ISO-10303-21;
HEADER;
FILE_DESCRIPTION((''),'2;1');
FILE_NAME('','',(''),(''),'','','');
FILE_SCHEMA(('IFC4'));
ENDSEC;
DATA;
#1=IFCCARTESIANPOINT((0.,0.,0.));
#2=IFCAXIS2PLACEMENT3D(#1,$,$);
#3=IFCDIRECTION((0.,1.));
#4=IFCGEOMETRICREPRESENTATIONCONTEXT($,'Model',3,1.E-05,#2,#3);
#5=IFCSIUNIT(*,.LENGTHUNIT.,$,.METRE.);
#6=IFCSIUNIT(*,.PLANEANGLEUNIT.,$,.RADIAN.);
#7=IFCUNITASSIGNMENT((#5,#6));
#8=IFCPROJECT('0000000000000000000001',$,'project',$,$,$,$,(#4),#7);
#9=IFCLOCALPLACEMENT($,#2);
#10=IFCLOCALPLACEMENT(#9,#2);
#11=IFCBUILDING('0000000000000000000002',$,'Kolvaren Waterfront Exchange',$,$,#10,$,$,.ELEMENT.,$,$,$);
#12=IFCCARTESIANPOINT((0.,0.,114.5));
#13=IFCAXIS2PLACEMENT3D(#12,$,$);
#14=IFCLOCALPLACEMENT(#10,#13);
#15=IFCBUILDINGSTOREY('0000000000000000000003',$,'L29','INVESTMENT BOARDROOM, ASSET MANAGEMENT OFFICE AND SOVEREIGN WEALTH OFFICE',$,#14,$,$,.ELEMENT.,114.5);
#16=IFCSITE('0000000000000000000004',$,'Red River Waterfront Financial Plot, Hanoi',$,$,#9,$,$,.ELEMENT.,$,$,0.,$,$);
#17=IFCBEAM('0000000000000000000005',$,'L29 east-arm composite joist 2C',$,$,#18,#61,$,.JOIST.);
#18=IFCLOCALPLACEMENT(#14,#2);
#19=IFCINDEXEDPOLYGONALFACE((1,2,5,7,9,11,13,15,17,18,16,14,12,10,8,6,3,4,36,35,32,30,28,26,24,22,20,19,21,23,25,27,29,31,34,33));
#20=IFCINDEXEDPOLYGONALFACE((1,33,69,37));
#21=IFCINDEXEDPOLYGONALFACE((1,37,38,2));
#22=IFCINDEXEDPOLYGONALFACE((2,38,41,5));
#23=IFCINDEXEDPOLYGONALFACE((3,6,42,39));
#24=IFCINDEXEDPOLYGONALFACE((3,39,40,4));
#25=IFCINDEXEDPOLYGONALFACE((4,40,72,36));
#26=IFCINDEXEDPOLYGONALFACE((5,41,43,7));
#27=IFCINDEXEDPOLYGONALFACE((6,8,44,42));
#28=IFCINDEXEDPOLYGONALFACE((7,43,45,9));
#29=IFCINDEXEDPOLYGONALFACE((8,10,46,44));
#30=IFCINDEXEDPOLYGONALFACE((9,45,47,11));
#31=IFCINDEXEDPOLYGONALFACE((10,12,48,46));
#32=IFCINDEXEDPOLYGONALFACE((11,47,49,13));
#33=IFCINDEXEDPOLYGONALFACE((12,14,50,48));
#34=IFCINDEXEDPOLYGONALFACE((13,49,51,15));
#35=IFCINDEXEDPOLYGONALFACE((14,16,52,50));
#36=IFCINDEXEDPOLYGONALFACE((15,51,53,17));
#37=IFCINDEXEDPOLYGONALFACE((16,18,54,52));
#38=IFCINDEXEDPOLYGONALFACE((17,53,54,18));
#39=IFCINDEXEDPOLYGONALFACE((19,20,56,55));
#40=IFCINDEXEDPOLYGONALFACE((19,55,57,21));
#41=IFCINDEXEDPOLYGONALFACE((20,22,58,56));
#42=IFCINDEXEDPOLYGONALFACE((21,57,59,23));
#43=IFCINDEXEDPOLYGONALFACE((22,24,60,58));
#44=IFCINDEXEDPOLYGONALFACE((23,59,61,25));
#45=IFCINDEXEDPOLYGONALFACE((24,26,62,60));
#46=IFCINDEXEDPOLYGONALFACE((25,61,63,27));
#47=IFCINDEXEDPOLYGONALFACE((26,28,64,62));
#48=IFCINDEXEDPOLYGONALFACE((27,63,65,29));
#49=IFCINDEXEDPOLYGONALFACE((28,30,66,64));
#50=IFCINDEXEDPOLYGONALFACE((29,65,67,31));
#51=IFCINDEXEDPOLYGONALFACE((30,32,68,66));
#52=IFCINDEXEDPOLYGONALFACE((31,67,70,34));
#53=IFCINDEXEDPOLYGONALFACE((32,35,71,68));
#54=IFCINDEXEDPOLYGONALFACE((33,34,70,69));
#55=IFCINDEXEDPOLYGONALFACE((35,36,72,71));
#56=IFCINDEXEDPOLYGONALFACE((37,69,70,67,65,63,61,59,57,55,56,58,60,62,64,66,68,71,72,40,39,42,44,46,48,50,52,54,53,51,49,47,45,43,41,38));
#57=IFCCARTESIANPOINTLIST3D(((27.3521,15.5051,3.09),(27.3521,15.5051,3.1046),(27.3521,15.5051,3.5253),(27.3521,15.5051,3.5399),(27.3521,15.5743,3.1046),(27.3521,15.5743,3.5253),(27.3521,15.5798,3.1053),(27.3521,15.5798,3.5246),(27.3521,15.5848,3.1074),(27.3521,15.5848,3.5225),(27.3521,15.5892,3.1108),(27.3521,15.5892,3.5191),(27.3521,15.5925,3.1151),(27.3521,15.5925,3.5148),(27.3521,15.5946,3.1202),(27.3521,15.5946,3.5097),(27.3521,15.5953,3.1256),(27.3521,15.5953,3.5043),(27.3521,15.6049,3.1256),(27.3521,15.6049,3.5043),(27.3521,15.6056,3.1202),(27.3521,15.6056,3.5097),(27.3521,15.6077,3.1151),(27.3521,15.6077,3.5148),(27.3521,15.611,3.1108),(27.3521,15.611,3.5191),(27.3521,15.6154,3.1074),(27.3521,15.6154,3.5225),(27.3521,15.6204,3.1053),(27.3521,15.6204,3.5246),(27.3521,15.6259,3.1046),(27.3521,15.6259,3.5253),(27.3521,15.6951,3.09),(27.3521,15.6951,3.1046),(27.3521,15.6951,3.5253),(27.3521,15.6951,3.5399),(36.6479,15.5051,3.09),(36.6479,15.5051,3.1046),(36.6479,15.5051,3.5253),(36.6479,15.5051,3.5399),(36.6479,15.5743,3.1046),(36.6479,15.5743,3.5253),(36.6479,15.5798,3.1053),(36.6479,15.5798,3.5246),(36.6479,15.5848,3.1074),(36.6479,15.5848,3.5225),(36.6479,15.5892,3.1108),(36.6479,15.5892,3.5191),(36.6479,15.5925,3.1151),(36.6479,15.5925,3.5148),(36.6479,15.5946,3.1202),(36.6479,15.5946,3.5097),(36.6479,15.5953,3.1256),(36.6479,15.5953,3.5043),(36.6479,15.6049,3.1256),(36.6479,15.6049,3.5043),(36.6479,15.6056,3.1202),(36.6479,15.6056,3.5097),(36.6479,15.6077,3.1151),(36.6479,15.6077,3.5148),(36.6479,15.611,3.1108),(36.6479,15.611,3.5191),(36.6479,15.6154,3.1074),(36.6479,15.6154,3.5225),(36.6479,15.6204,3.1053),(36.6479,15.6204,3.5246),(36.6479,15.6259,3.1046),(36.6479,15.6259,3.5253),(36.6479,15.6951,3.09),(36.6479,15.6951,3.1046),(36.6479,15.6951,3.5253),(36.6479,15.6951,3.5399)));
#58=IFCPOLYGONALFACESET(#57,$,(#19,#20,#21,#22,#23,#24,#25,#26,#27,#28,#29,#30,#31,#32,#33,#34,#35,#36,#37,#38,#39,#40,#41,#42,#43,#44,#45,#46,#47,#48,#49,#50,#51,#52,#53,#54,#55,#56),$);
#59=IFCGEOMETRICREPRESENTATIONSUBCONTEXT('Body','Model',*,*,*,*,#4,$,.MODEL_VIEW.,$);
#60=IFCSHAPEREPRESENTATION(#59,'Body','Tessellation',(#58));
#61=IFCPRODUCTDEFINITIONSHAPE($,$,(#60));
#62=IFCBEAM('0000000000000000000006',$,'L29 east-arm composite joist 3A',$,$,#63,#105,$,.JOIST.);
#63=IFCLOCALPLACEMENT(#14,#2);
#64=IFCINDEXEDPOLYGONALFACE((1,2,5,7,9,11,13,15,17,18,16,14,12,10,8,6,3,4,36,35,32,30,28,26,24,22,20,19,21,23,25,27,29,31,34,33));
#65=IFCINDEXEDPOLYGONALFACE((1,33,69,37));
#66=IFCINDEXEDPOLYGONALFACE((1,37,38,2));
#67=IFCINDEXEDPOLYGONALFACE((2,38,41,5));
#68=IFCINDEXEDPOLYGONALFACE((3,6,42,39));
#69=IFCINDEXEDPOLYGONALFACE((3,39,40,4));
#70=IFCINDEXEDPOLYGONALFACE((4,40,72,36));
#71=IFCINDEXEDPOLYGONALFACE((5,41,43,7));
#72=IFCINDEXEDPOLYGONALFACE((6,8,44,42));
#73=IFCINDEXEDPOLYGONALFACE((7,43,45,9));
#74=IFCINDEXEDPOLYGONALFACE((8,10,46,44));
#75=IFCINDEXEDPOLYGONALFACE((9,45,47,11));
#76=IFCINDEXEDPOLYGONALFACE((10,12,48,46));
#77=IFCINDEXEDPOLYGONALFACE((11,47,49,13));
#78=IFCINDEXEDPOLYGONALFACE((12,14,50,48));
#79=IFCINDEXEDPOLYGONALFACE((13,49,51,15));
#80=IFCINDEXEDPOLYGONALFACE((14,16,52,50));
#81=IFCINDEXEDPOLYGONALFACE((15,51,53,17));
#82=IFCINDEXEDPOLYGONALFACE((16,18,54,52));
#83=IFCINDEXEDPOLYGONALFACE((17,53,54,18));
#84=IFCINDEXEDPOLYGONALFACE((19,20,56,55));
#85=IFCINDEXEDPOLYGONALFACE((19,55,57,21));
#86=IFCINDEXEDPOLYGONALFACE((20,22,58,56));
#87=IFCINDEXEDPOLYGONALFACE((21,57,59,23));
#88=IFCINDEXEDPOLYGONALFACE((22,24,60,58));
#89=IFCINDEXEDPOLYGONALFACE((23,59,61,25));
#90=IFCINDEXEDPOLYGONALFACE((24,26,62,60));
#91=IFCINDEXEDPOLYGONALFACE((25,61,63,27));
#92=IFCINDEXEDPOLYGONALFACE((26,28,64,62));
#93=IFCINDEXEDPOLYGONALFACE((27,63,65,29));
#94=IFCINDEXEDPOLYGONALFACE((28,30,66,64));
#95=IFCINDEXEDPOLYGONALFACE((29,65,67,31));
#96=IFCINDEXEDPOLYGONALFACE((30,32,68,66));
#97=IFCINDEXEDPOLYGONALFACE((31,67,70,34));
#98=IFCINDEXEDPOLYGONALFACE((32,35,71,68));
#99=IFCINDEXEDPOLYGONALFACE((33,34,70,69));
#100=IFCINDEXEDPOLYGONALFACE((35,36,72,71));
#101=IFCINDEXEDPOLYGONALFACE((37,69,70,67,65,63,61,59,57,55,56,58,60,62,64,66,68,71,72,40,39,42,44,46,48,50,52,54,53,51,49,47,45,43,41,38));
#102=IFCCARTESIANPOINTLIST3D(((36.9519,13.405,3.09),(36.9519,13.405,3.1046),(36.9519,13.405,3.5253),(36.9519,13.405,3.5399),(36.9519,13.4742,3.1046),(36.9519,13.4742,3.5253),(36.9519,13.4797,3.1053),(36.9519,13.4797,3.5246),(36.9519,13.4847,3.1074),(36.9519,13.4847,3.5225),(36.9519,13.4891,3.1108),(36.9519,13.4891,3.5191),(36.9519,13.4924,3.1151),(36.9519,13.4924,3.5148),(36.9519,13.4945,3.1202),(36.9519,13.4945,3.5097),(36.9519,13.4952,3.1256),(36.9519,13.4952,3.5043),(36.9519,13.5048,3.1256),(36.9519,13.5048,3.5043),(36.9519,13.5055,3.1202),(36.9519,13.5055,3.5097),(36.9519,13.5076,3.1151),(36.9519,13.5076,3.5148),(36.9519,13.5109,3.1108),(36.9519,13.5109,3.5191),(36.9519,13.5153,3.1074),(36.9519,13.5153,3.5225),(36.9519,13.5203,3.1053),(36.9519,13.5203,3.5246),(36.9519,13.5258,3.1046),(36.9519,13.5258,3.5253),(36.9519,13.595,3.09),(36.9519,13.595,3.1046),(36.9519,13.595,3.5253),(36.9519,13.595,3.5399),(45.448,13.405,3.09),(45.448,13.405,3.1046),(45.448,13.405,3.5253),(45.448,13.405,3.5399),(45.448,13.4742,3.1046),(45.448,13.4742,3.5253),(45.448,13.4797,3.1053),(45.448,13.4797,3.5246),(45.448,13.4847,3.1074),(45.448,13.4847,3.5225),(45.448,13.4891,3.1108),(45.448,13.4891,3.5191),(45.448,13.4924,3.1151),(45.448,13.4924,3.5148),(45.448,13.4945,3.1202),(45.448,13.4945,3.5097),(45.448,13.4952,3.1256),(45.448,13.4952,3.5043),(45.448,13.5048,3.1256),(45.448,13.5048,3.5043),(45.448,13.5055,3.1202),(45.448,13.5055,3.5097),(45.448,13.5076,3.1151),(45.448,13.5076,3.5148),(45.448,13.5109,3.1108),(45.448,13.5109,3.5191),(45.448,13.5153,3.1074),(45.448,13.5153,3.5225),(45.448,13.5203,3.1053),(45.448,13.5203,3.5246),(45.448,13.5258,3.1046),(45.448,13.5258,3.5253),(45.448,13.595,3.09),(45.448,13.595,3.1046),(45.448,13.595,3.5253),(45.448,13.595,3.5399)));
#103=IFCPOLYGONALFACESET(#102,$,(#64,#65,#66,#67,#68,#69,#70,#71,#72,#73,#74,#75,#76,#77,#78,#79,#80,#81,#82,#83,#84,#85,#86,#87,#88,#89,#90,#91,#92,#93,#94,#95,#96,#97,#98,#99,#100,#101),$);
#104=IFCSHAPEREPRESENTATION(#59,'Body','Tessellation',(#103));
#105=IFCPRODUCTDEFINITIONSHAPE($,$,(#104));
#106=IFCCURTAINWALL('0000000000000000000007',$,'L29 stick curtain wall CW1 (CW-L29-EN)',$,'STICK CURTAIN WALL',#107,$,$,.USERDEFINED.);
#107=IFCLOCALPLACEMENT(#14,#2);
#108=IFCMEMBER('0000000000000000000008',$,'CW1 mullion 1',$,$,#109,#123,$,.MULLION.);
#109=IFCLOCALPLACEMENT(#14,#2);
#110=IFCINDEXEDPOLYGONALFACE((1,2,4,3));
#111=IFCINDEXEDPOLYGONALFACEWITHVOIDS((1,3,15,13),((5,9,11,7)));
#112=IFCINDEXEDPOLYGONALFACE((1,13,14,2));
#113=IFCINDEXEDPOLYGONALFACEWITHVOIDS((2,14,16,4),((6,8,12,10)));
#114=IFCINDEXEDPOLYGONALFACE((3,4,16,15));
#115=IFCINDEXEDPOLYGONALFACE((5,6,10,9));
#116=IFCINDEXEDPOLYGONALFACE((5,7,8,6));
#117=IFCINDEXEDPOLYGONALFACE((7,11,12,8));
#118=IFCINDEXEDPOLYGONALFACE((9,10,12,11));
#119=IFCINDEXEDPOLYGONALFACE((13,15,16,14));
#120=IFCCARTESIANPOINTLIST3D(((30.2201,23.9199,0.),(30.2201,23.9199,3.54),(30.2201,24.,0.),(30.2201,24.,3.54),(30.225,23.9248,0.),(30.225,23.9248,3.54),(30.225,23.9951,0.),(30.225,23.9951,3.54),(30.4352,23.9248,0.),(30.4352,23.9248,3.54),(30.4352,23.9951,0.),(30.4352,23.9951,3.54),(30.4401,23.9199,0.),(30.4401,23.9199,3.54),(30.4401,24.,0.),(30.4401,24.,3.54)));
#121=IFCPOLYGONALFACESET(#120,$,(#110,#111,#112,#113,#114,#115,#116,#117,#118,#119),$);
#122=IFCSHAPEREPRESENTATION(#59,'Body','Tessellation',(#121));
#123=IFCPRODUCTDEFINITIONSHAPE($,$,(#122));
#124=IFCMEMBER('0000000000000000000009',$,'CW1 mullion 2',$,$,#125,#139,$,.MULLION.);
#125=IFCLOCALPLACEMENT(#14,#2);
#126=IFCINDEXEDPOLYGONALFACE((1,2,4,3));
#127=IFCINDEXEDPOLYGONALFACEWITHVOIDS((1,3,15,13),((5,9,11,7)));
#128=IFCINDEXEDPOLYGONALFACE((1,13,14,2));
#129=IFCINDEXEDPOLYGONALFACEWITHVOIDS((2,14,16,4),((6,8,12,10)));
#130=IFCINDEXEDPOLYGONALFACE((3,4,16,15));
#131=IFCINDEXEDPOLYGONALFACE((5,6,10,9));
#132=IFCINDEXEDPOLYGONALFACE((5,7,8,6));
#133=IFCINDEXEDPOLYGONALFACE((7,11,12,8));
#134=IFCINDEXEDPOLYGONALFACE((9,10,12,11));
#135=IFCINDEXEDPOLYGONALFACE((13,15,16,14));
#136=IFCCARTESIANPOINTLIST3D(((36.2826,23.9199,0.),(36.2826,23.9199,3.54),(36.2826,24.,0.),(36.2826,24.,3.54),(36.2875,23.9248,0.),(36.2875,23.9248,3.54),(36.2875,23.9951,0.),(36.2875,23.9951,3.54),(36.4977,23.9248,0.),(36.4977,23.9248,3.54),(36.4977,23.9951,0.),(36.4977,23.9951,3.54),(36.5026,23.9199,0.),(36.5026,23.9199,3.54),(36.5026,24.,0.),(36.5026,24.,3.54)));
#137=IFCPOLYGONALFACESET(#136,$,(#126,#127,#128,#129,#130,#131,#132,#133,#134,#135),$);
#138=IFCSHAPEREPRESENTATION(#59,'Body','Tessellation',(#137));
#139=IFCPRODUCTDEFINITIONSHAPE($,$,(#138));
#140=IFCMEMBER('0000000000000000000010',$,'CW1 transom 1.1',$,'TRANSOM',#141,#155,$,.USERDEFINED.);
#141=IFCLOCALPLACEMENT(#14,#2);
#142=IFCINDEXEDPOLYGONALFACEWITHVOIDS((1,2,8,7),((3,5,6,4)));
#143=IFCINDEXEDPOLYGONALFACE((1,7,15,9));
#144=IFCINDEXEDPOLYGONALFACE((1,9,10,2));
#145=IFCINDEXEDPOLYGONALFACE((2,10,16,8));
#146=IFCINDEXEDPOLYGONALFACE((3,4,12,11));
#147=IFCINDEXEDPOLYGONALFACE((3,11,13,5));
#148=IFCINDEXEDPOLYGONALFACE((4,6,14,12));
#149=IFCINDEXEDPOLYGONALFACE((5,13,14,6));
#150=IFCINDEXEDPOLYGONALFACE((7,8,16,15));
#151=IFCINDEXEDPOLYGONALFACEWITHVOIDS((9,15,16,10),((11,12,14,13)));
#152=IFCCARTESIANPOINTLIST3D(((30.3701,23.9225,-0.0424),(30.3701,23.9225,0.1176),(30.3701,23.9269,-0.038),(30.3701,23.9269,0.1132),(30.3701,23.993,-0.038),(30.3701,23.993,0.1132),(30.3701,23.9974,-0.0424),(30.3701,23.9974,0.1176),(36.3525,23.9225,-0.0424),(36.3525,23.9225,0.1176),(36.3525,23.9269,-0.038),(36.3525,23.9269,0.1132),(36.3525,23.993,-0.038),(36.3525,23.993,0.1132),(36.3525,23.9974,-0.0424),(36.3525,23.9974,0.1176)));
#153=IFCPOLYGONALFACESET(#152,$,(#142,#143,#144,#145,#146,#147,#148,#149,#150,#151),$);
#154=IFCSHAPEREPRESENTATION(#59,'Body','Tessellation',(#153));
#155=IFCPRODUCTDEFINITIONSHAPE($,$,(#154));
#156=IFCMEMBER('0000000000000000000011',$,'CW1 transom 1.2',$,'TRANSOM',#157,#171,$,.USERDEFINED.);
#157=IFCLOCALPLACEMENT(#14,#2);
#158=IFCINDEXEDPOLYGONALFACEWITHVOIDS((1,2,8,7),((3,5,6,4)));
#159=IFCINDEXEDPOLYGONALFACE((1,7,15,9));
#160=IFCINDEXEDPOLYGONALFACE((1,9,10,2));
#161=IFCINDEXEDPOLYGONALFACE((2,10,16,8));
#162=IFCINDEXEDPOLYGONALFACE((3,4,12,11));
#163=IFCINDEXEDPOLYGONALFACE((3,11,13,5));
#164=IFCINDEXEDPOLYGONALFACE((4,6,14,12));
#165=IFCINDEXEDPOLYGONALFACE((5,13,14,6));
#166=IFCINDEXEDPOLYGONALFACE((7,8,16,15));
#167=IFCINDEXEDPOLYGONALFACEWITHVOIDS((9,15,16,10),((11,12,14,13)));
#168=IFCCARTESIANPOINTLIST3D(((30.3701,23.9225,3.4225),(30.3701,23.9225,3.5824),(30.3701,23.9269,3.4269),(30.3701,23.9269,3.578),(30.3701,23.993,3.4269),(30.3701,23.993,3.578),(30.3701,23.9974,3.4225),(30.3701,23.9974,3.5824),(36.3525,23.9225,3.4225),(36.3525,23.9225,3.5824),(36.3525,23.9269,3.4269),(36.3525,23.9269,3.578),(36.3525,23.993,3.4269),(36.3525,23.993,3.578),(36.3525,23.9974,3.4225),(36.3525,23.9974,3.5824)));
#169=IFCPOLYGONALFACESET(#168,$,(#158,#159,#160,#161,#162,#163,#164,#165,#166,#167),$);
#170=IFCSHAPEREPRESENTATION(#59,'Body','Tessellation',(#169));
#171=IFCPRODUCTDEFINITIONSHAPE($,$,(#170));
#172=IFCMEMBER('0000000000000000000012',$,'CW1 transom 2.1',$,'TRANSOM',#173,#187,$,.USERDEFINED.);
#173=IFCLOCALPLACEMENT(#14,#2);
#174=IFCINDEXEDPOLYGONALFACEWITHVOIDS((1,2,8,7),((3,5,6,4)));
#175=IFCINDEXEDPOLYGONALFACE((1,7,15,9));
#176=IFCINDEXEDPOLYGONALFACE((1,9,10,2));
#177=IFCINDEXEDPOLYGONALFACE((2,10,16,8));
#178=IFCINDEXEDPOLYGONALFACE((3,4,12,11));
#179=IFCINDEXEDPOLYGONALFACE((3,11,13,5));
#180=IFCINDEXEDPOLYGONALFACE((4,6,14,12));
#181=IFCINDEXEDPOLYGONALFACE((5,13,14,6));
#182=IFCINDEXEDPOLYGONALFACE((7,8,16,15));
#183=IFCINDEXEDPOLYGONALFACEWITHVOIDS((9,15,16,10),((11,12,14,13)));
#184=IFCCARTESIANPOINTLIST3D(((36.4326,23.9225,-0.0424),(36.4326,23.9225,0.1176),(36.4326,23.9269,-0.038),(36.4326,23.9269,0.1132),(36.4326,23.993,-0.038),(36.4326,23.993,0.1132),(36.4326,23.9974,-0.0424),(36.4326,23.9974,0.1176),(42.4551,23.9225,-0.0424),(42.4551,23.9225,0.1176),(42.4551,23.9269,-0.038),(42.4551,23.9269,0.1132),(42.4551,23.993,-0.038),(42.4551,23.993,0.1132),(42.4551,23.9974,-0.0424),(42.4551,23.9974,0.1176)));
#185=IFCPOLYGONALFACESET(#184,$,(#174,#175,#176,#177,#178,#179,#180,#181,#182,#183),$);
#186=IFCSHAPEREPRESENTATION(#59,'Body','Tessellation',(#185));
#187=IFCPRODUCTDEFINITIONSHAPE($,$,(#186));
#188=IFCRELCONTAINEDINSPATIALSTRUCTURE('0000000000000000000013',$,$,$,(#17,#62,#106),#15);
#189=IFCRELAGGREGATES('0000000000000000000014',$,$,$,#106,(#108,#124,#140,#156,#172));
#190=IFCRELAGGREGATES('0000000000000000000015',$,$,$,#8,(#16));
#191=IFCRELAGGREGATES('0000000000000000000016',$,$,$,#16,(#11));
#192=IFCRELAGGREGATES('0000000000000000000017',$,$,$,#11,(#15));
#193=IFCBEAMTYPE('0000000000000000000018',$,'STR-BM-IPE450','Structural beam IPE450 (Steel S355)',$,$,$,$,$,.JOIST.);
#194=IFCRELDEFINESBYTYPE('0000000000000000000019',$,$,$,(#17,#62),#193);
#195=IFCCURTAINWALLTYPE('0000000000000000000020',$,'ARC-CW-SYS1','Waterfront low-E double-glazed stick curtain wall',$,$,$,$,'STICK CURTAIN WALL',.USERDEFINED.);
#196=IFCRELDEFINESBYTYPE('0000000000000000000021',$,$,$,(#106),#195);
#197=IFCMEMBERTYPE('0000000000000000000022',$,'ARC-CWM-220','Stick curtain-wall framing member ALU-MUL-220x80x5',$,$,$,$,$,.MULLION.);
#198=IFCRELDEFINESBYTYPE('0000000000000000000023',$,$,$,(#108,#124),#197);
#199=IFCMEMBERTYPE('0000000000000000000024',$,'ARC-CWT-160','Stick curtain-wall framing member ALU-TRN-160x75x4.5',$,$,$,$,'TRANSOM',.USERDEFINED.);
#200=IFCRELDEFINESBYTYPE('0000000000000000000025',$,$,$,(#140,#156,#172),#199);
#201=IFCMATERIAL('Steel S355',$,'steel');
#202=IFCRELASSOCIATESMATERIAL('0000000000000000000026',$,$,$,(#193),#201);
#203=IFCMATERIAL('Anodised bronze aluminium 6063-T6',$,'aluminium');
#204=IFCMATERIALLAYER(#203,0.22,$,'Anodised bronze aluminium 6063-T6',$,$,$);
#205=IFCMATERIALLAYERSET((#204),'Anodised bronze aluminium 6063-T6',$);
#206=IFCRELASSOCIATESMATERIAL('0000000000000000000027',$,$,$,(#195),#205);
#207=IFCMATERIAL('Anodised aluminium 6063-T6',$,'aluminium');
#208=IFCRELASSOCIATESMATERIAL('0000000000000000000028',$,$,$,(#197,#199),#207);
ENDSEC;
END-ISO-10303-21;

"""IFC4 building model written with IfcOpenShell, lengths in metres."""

from ifc_helpers import new_model, si_unit, direction, frame, origin, origin_with_axes, origin_2d, place, context, subcontext, project, spatial, hollow_rectangle, i_section, extrude, source, transform, mapped, material, layer, layer_set, material_profile, profile_set, type_object, element, aggregate, save


model = new_model("IFC4")

# Units and contexts
model_context = context("Model", 3, precision=1e-05, world=origin(), true_north=direction((0.0, 1.0)))
body_context = subcontext(model_context, "Body", "Model", "MODEL_VIEW")
ifc_project = project(units=[si_unit("LENGTHUNIT", "METRE"), si_unit("PLANEANGLEUNIT", "RADIAN")], contexts=[model_context])

# Site, building, storey
site_placement = place(None, origin())
site = spatial("IfcSite", under=ifc_project, at=site_placement, Name="Red River Waterfront Financial Plot, Hanoi", CompositionType="ELEMENT", RefElevation=0.0)
building_placement = place(site_placement, origin())
building = spatial("IfcBuilding", under=site, at=building_placement, Name="Kolvaren Waterfront Exchange", CompositionType="ELEMENT")
storey_placement = place(building_placement, frame((0.0, 0.0, 114.5)))
storey = spatial("IfcBuildingStorey", under=building, at=storey_placement, Name="L29", Description="INVESTMENT BOARDROOM, ASSET MANAGEMENT OFFICE AND SOVEREIGN WEALTH OFFICE", CompositionType="ELEMENT", Elevation=114.5)

# Beams
ifc_material_1 = material(Name="Steel S355", Category="steel")
ifc_material_profile_1 = material_profile(ifc_material_1, i_section(OverallWidth=0.1899, OverallDepth=0.45, WebThickness=0.0095, FlangeThickness=0.0146, FilletRadius=0.021, at=origin_2d()), Name="IPE450")
ifc_profile_set_1 = profile_set([ifc_material_profile_1], Name="Steel S355")
beam_type_1 = type_object("IfcBeamType", Name="STR-BM-IPE450", Description="Structural beam IPE450 (Steel S355)", PredefinedType="JOIST", material=ifc_profile_set_1)
for number, where, z_axis, x_axis, name in (
    (1, (27.3521, 15.6001, 3.3149), (1.0, 0.0, 0.0), (0.0, 1.0, 0.0), "L29 east-arm composite joist 2C"),
):
    element("IfcBeam", number, at=place(storey_placement, frame(where, z_axis=z_axis, x_axis=x_axis)), inside=storey, type_object=beam_type_1, Name=name, PredefinedType="JOIST", context=body_context, shape_type="SweptSolid", body=[
        extrude(i_section(OverallWidth=0.1899, OverallDepth=0.45, WebThickness=0.0095, FlangeThickness=0.0146, FilletRadius=0.021, at=origin_2d()), origin(), (0.0, 0.0, 1.0), 9.2959),
    ])
beam_1_placement = place(storey_placement, frame((36.9519, 13.5, 3.3149), z_axis=(1.0, 0.0, 0.0), x_axis=(0.0, 1.0, 0.0)))
element("IfcBeam", 2, at=beam_1_placement, inside=storey, type_object=beam_type_1, Name="L29 east-arm composite joist 3A", PredefinedType="JOIST", context=body_context, shape_type="SweptSolid", body=[
    extrude(i_section(OverallWidth=0.1899, OverallDepth=0.45, WebThickness=0.0095, FlangeThickness=0.0146, FilletRadius=0.021, at=origin_2d()), origin(), (0.0, 0.0, 1.0), 8.4961),
])

# Curtain wall, members
ifc_material_2 = material(Name="Anodised bronze aluminium 6063-T6", Category="aluminium")
ifc_layer_1 = layer(ifc_material_2, 0.22, Name="Anodised bronze aluminium 6063-T6")
ifc_layer_set_1 = layer_set([ifc_layer_1], Name="Anodised bronze aluminium 6063-T6")
curtain_wall_type = type_object("IfcCurtainWallType", Name="ARC-CW-SYS1", Description="Waterfront low-E double-glazed stick curtain wall", ElementType="STICK CURTAIN WALL", PredefinedType="USERDEFINED", material=ifc_layer_set_1)
curtain_wall_placement = place(storey_placement, origin())
curtain_wall = element("IfcCurtainWall", 3, at=curtain_wall_placement, inside=storey, type_object=curtain_wall_type, Name="L29 stick curtain wall CW1 (CW-L29-EN)", ObjectType="STICK CURTAIN WALL", PredefinedType="USERDEFINED")
ifc_material_3 = material(Name="Anodised aluminium 6063-T6", Category="aluminium")
ifc_material_profile_2 = material_profile(ifc_material_3, hollow_rectangle(XDim=0.0801, YDim=0.22, WallThickness=0.0049, at=origin_2d()), Name="ALU-MUL-220x80x5")
ifc_profile_set_2 = profile_set([ifc_material_profile_2], Name="Anodised aluminium 6063-T6")
member_type_1 = type_object("IfcMemberType", Name="ARC-CWM-220", Description="Stick curtain-wall framing member ALU-MUL-220x80x5", PredefinedType="MULLION", material=ifc_profile_set_2)
shared_shape_1 = source(origin_with_axes(), body_context, "Body", "SweptSolid", [
    extrude(hollow_rectangle(XDim=0.0801, YDim=0.22, WallThickness=0.0049, at=origin_2d()), origin(), (0.0, 0.0, 1.0), 3.54),
])
member_1_placement = place(storey_placement, frame((30.3301, 23.96, 0.0), z_axis=(0.0, 0.0, 1.0), x_axis=(0.0, 1.0, 0.0)))
member_1 = element("IfcMember", 4, at=member_1_placement, type_object=member_type_1, Name="CW1 mullion 1", PredefinedType="MULLION", context=body_context, shape_type="MappedRepresentation", body=[
    mapped(shared_shape_1, transform((0.0, 0.0, 0.0), x_axis=(1.0, 0.0, 0.0), y_axis=(0.0, 1.0, 0.0), z_axis=(0.0, 0.0, 1.0), scale=1.0)),
])
member_2_placement = place(storey_placement, frame((36.3926, 23.96, 0.0), z_axis=(0.0, 0.0, 1.0), x_axis=(0.0, 1.0, 0.0)))
member_2 = element("IfcMember", 5, at=member_2_placement, type_object=member_type_1, Name="CW1 mullion 2", PredefinedType="MULLION", context=body_context, shape_type="MappedRepresentation", body=[
    mapped(shared_shape_1, transform((0.0, 0.0, 0.0), x_axis=(1.0, 0.0, 0.0), y_axis=(0.0, 1.0, 0.0), z_axis=(0.0, 0.0, 1.0), scale=1.0)),
])
ifc_material_profile_3 = material_profile(ifc_material_3, hollow_rectangle(XDim=0.075, YDim=0.1599, WallThickness=0.0044, at=origin_2d()), Name="ALU-TRN-160x75x4.5")
ifc_profile_set_3 = profile_set([ifc_material_profile_3], Name="Anodised aluminium 6063-T6")
member_type_2 = type_object("IfcMemberType", Name="ARC-CWT-160", Description="Stick curtain-wall framing member ALU-TRN-160x75x4.5", ElementType="TRANSOM", PredefinedType="USERDEFINED", material=ifc_profile_set_3)
shared_shape_2 = source(origin_with_axes(), body_context, "Body", "SweptSolid", [
    extrude(hollow_rectangle(XDim=0.075, YDim=0.1599, WallThickness=0.0044, at=origin_2d()), origin(), (0.0, 0.0, 1.0), 5.9824),
])
member_3_placement = place(storey_placement, frame((30.3701, 23.96, 0.0376), z_axis=(1.0, 0.0, 0.0), x_axis=(0.0, 1.0, 0.0)))
member_3 = element("IfcMember", 6, at=member_3_placement, type_object=member_type_2, Name="CW1 transom 1.1", ObjectType="TRANSOM", PredefinedType="USERDEFINED", context=body_context, shape_type="MappedRepresentation", body=[
    mapped(shared_shape_2, transform((0.0, 0.0, 0.0), x_axis=(1.0, 0.0, 0.0), y_axis=(0.0, 1.0, 0.0), z_axis=(0.0, 0.0, 1.0), scale=1.0)),
])
member_4_placement = place(storey_placement, frame((30.3701, 23.96, 3.5024), z_axis=(1.0, 0.0, 0.0), x_axis=(0.0, 1.0, 0.0)))
member_4 = element("IfcMember", 7, at=member_4_placement, type_object=member_type_2, Name="CW1 transom 1.2", ObjectType="TRANSOM", PredefinedType="USERDEFINED", context=body_context, shape_type="MappedRepresentation", body=[
    mapped(shared_shape_2, transform((0.0, 0.0, 0.0), x_axis=(1.0, 0.0, 0.0), y_axis=(0.0, 1.0, 0.0), z_axis=(0.0, 0.0, 1.0), scale=1.0)),
])
shared_shape_3 = source(origin_with_axes(), body_context, "Body", "SweptSolid", [
    extrude(hollow_rectangle(XDim=0.075, YDim=0.1599, WallThickness=0.0044, at=origin_2d()), origin(), (0.0, 0.0, 1.0), 6.0225),
])
member_5_placement = place(storey_placement, frame((36.4326, 23.96, 0.0376), z_axis=(1.0, 0.0, 0.0), x_axis=(0.0, 1.0, 0.0)))
member_5 = element("IfcMember", 8, at=member_5_placement, type_object=member_type_2, Name="CW1 transom 2.1", ObjectType="TRANSOM", PredefinedType="USERDEFINED", context=body_context, shape_type="MappedRepresentation", body=[
    mapped(shared_shape_3, transform((0.0, 0.0, 0.0), x_axis=(1.0, 0.0, 0.0), y_axis=(0.0, 1.0, 0.0), z_axis=(0.0, 0.0, 1.0), scale=1.0)),
])
aggregate(curtain_wall, [member_1, member_2, member_3, member_4, member_5])

save(model, "model.ifc")
